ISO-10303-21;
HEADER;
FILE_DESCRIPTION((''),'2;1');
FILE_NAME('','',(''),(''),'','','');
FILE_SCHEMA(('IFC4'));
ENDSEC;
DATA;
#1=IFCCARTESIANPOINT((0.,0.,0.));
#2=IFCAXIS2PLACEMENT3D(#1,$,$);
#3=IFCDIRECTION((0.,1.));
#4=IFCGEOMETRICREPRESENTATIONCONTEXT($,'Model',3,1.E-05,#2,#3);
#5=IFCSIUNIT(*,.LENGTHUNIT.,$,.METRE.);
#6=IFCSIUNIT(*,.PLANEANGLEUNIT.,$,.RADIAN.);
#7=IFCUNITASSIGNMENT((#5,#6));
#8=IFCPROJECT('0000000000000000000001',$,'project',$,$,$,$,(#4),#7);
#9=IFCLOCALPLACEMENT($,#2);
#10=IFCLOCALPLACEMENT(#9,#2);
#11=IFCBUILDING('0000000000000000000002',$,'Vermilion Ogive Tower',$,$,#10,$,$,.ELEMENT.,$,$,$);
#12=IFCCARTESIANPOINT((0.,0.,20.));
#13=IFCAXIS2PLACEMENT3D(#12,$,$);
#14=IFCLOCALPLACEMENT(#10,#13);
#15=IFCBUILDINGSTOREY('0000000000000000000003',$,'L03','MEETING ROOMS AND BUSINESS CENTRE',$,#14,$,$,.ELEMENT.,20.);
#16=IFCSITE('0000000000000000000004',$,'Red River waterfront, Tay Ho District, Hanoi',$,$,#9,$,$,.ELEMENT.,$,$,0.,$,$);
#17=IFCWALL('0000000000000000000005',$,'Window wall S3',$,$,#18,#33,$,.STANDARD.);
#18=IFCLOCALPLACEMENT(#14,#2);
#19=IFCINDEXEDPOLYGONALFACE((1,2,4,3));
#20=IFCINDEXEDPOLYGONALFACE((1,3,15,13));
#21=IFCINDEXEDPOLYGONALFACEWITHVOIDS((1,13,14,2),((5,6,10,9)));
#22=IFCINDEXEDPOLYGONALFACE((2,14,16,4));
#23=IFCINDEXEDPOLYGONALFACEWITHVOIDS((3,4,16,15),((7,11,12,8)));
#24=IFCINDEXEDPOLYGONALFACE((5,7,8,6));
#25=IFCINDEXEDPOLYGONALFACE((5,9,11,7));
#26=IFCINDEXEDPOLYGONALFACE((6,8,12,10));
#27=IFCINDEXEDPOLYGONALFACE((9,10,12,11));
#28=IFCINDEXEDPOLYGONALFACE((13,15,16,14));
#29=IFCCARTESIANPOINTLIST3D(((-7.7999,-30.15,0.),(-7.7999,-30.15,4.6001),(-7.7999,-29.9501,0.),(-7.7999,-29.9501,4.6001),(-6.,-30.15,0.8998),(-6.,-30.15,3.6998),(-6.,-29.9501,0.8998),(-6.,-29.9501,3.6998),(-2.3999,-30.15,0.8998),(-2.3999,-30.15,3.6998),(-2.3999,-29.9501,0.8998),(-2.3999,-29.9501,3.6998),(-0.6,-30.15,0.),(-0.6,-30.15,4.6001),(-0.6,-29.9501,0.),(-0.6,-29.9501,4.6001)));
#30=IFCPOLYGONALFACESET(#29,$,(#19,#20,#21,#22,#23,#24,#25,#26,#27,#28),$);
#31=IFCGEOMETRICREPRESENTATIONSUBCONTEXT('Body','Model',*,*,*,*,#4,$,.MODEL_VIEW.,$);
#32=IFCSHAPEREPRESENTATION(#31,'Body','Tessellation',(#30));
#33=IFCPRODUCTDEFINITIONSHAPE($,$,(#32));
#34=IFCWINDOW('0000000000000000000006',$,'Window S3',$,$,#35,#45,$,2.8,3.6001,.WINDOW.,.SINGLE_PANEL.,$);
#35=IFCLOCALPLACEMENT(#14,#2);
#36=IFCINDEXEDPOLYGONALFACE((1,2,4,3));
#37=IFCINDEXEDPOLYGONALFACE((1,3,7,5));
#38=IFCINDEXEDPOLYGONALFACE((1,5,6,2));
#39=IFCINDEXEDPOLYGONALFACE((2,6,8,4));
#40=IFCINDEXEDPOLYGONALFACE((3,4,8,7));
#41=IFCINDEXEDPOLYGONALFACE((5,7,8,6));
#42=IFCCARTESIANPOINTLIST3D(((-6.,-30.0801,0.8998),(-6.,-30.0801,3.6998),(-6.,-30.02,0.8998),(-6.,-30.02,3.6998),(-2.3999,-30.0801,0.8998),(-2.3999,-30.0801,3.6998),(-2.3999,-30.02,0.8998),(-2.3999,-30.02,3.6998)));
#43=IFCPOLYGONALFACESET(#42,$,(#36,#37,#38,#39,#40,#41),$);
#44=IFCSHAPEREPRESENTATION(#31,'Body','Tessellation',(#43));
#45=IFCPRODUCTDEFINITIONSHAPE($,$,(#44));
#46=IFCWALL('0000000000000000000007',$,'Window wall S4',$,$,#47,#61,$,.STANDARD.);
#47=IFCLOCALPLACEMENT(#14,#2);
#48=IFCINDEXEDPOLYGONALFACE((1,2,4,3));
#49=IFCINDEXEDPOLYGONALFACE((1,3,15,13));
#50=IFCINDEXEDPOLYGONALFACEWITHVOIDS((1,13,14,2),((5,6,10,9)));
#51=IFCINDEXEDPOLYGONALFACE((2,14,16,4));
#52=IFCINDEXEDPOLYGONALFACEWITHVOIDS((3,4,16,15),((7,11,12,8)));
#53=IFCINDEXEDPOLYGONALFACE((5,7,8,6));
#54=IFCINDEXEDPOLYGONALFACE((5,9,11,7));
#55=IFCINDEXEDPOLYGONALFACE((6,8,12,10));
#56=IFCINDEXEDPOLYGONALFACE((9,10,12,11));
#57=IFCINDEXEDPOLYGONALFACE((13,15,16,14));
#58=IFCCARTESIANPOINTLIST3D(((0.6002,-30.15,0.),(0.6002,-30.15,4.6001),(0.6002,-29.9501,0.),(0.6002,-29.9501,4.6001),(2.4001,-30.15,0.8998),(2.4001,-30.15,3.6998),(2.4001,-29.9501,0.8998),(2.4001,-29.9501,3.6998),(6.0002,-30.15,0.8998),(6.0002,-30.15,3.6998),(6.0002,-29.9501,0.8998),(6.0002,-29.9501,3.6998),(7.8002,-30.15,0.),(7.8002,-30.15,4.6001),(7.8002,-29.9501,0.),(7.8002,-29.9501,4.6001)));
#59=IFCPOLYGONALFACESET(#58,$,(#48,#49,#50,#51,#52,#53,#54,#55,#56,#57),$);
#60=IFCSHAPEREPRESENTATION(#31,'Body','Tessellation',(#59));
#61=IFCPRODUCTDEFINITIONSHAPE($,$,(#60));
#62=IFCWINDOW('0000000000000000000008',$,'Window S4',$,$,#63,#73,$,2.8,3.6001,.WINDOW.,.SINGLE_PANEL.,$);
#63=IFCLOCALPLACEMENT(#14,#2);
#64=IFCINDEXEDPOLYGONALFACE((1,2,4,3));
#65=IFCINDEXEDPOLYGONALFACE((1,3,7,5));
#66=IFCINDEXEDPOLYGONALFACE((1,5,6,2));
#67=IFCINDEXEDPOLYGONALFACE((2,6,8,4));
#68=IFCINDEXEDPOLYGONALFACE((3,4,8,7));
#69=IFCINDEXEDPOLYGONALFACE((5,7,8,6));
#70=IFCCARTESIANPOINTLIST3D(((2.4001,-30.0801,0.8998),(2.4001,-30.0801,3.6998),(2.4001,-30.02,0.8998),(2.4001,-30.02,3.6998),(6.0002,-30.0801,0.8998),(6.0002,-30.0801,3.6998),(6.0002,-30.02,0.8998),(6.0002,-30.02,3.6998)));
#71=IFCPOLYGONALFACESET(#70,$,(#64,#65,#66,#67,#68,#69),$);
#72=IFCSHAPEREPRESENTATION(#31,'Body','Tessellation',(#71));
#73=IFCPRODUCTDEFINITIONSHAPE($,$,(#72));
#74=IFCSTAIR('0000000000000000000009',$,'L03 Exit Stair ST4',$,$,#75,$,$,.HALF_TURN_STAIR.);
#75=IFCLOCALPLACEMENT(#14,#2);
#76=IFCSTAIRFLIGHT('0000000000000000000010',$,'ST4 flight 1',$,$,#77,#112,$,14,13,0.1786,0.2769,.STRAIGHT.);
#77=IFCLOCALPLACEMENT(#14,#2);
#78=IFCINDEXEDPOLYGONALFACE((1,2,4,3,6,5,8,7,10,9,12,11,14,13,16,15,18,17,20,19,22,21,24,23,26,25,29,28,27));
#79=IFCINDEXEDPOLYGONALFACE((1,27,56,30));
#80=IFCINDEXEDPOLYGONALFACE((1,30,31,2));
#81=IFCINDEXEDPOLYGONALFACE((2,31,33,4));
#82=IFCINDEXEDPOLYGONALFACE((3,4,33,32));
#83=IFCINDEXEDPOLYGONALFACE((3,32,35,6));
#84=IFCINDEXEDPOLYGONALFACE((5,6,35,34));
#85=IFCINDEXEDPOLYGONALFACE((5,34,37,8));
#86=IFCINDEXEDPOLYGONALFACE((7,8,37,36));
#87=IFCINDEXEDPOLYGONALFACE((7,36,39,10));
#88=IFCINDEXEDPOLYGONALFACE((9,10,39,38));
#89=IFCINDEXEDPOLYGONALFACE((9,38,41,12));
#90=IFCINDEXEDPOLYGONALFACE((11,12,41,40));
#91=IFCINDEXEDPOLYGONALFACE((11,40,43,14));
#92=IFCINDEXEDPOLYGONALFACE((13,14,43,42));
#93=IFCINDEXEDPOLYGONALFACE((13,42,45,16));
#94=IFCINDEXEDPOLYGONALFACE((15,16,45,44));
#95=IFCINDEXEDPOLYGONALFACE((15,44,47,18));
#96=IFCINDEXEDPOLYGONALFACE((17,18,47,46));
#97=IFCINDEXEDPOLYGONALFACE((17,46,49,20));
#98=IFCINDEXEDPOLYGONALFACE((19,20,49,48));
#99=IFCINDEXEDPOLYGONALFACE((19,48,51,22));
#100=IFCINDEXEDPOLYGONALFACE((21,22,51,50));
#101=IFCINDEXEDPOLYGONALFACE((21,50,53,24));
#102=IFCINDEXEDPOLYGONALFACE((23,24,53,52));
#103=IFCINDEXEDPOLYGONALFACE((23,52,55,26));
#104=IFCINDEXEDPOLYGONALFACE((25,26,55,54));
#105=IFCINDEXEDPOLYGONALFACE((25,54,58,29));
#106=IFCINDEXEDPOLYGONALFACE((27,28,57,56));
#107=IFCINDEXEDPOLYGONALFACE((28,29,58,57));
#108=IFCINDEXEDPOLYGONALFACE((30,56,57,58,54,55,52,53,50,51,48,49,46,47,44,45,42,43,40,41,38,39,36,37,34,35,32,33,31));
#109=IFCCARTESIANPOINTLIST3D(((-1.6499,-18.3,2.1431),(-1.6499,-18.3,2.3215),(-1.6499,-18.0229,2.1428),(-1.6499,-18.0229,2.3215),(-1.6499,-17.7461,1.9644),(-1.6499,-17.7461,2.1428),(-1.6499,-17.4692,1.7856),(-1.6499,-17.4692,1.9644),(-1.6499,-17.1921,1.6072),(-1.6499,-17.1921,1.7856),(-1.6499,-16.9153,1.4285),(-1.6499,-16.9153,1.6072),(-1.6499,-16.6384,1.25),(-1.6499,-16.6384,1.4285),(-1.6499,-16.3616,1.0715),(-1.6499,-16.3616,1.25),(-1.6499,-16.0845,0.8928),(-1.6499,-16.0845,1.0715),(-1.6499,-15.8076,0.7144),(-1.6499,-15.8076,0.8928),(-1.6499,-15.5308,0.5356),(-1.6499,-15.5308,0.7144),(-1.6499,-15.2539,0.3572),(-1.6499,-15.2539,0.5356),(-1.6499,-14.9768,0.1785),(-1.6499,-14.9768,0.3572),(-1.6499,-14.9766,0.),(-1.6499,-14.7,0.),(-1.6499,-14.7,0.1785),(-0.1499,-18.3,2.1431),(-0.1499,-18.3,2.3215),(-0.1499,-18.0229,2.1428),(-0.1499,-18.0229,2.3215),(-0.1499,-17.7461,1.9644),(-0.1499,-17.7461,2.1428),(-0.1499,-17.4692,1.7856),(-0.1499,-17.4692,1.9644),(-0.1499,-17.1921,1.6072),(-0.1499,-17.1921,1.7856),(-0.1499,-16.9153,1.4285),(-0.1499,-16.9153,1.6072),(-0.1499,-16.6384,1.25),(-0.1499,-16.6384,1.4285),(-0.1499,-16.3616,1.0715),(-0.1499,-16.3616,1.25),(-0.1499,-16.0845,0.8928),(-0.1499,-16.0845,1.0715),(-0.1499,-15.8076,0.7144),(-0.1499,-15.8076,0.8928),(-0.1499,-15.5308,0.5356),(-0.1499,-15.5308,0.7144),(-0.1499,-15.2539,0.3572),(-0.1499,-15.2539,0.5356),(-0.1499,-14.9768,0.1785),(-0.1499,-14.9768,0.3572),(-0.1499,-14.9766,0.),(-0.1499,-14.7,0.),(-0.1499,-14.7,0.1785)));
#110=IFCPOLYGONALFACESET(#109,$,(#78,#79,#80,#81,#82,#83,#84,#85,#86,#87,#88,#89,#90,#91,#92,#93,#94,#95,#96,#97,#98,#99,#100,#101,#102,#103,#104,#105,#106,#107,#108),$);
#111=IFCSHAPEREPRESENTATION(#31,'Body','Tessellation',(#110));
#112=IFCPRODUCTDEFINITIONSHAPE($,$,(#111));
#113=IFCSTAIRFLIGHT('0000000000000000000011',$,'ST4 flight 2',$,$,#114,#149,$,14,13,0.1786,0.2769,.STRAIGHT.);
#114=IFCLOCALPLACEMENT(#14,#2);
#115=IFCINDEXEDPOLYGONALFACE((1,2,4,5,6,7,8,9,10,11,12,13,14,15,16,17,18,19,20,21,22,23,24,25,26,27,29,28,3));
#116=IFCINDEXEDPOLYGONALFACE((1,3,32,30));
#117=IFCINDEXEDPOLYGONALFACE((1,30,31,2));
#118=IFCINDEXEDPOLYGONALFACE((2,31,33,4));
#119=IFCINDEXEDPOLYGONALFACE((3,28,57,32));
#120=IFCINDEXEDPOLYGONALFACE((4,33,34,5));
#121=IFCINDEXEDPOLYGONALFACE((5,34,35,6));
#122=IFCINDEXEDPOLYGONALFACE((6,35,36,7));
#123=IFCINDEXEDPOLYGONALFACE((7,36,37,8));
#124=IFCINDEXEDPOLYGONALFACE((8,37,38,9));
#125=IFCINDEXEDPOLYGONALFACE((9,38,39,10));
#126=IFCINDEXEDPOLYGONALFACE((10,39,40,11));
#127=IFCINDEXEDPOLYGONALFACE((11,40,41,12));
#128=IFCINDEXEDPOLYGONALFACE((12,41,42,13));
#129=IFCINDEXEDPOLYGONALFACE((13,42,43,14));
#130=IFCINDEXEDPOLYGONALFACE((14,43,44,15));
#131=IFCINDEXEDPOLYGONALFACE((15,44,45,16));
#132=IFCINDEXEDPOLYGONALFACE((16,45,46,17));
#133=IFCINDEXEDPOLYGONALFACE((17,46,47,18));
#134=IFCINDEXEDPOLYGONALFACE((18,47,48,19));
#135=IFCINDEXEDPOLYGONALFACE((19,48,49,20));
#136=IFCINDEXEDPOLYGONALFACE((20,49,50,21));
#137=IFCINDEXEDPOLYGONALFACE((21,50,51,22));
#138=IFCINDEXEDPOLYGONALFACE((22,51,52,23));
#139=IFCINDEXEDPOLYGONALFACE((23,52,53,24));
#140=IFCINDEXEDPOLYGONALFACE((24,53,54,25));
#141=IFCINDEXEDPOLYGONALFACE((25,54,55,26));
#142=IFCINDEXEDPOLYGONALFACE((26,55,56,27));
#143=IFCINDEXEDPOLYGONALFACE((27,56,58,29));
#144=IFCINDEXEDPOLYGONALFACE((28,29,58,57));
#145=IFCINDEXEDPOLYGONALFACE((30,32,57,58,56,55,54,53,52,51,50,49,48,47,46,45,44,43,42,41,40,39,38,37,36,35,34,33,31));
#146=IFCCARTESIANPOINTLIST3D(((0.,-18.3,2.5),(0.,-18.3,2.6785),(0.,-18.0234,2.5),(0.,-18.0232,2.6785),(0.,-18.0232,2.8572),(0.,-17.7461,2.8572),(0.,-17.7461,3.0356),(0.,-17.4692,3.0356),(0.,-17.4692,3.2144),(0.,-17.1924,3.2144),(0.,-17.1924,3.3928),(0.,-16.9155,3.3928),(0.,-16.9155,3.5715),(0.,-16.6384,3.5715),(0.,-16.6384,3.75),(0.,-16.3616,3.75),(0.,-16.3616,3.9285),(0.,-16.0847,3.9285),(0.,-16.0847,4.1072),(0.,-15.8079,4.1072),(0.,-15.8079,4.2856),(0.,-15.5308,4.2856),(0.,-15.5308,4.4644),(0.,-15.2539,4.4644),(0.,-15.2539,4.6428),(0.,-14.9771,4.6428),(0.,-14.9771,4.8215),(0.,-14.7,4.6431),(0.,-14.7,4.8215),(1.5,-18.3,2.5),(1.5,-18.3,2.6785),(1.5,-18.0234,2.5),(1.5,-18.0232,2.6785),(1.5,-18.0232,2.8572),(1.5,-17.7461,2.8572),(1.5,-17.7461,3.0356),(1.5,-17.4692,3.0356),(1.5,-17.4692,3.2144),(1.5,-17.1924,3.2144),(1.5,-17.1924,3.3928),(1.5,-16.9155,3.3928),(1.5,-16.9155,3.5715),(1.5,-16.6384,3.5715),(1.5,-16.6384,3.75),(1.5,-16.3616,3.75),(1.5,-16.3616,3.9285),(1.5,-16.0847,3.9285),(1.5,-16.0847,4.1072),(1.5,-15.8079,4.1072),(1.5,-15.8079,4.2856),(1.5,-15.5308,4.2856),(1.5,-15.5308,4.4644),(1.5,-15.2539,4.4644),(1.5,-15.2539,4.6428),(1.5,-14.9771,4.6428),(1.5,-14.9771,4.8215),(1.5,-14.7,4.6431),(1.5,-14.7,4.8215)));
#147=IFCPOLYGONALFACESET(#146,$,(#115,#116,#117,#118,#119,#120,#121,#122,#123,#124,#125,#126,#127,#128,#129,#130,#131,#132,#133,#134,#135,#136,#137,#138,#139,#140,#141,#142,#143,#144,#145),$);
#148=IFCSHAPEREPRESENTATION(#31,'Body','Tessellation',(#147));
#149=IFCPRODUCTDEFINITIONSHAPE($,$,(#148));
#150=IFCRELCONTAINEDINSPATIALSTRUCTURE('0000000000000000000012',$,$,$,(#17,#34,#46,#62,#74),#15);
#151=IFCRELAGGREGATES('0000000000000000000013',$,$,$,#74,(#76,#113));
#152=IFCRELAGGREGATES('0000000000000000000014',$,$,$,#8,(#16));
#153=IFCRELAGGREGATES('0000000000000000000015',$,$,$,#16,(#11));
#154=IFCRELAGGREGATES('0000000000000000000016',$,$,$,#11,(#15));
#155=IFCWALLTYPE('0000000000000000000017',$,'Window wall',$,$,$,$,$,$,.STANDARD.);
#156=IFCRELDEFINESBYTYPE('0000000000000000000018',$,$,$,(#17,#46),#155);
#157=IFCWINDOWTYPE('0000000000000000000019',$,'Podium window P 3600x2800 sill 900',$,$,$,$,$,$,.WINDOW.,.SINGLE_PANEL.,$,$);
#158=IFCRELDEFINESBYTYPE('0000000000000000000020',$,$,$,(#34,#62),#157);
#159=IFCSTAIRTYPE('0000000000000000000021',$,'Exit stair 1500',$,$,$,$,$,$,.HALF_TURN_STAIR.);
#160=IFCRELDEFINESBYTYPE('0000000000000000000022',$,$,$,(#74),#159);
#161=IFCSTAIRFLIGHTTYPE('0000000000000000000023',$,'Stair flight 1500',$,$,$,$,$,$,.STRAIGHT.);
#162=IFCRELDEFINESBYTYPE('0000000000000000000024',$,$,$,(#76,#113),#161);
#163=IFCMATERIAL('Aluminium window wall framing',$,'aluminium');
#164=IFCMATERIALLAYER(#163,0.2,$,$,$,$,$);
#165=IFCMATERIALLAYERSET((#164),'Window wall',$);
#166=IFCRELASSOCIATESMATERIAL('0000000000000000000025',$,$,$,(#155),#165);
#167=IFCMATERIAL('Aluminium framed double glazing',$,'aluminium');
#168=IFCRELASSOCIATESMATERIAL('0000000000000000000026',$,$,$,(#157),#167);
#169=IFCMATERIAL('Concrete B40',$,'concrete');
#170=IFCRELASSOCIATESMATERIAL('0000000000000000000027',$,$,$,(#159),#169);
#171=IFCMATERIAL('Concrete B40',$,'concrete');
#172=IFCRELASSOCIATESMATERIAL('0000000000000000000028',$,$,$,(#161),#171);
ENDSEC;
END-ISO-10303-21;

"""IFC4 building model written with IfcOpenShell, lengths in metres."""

from ifc_helpers import new_model, si_unit, direction, frame, frame_2d, origin, place, context, subcontext, project, spatial, polyline, rectangle, outline, extrude, material, layer, layer_set, type_object, element, fill, aggregate, save


model = new_model("IFC4")

# Units and contexts
model_context = context("Model", 3, precision=1e-05, world=origin(), true_north=direction((0.0, 1.0)))
body_context = subcontext(model_context, "Body", "Model", "MODEL_VIEW")
ifc_project = project(units=[si_unit("LENGTHUNIT", "METRE"), si_unit("PLANEANGLEUNIT", "RADIAN")], contexts=[model_context])

# Site, building, storey
site_placement = place(None, origin())
site = spatial("IfcSite", under=ifc_project, at=site_placement, Name="Red River waterfront, Tay Ho District, Hanoi", CompositionType="ELEMENT", RefElevation=0.0)
building_placement = place(site_placement, origin())
building = spatial("IfcBuilding", under=site, at=building_placement, Name="Vermilion Ogive Tower", CompositionType="ELEMENT")
storey_placement = place(building_placement, frame((0.0, 0.0, 20.0)))
storey = spatial("IfcBuildingStorey", under=building, at=storey_placement, Name="L03", Description="MEETING ROOMS AND BUSINESS CENTRE", CompositionType="ELEMENT", Elevation=20.0)

# Walls, openings, windows
ifc_material_1 = material(Name="Aluminium window wall framing", Category="aluminium")
ifc_layer_1 = layer(ifc_material_1, 0.2)
ifc_layer_set_1 = layer_set([ifc_layer_1], Name="Window wall")
wall_type_1 = type_object("IfcWallType", Name="Window wall", PredefinedType="STANDARD", material=ifc_layer_set_1)
wall_1_placement = place(storey_placement, frame((-7.8, -30.05, 0.0), z_axis=(0.0, 0.0, 1.0), x_axis=(1.0, 0.0, 0.0)))
wall_1 = element("IfcWall", 1, at=wall_1_placement, inside=storey, type_object=wall_type_1, Name="Window wall S3", PredefinedType="STANDARD", context=body_context, shape_type="SweptSolid", body=[
    extrude(rectangle(XDim=7.2, YDim=0.2, at=frame_2d((3.6001, 0.0))), origin(), (0.0, 0.0, 1.0), 4.6001),
])
opening_1_placement = place(wall_1_placement, frame((1.8, 0.0, 0.8999)))
opening_1 = element("IfcOpeningElement", 2, at=opening_1_placement, cuts=wall_1, PredefinedType="OPENING", context=body_context, shape_type="SweptSolid", body=[
    extrude(rectangle(XDim=3.6001, YDim=2.8, at=frame_2d((1.8, 1.3999))), frame((0.0, 0.1099, 0.0), z_axis=(0.0, -1.0, 0.0), x_axis=(1.0, 0.0, 0.0)), (0.0, 0.0, 1.0), 0.22),
])
ifc_material_2 = material(Name="Aluminium framed double glazing", Category="aluminium")
window_type = type_object("IfcWindowType", Name="Podium window P 3600x2800 sill 900", PartitioningType="SINGLE_PANEL", PredefinedType="WINDOW", material=ifc_material_2)
window_1_placement = place(opening_1_placement, origin())
window_1 = element("IfcWindow", 3, at=window_1_placement, inside=storey, type_object=window_type, Name="Window S3", OverallHeight=2.8, OverallWidth=3.6001, PartitioningType="SINGLE_PANEL", PredefinedType="WINDOW", context=body_context, shape_type="SweptSolid", body=[
    extrude(rectangle(XDim=3.6001, YDim=2.8, at=frame_2d((1.8, 1.3999))), frame((0.0, 0.03, 0.0), z_axis=(0.0, -1.0, 0.0), x_axis=(1.0, 0.0, 0.0)), (0.0, 0.0, 1.0), 0.0601),
])
fill(opening_1, window_1)
wall_2_placement = place(storey_placement, frame((0.6001, -30.05, 0.0), z_axis=(0.0, 0.0, 1.0), x_axis=(1.0, 0.0, 0.0)))
wall_2 = element("IfcWall", 4, at=wall_2_placement, inside=storey, type_object=wall_type_1, Name="Window wall S4", PredefinedType="STANDARD", context=body_context, shape_type="SweptSolid", body=[
    extrude(rectangle(XDim=7.2, YDim=0.2, at=frame_2d((3.6001, 0.0))), origin(), (0.0, 0.0, 1.0), 4.6001),
])
opening_2_placement = place(wall_2_placement, frame((1.8, 0.0, 0.8999)))
opening_2 = element("IfcOpeningElement", 5, at=opening_2_placement, cuts=wall_2, PredefinedType="OPENING", context=body_context, shape_type="SweptSolid", body=[
    extrude(rectangle(XDim=3.6001, YDim=2.8, at=frame_2d((1.8, 1.3999))), frame((0.0, 0.1099, 0.0), z_axis=(0.0, -1.0, 0.0), x_axis=(1.0, 0.0, 0.0)), (0.0, 0.0, 1.0), 0.22),
])
window_2_placement = place(opening_2_placement, origin())
window_2 = element("IfcWindow", 6, at=window_2_placement, inside=storey, type_object=window_type, Name="Window S4", OverallHeight=2.8, OverallWidth=3.6001, PartitioningType="SINGLE_PANEL", PredefinedType="WINDOW", context=body_context, shape_type="SweptSolid", body=[
    extrude(rectangle(XDim=3.6001, YDim=2.8, at=frame_2d((1.8, 1.3999))), frame((0.0, 0.03, 0.0), z_axis=(0.0, -1.0, 0.0), x_axis=(1.0, 0.0, 0.0)), (0.0, 0.0, 1.0), 0.0601),
])
fill(opening_2, window_2)

# Stair, stair flights
ifc_material_3 = material(Name="Concrete B40", Category="concrete")
stair_type = type_object("IfcStairType", Name="Exit stair 1500", PredefinedType="HALF_TURN_STAIR", material=ifc_material_3)
stair_placement = place(storey_placement, origin())
stair = element("IfcStair", 7, at=stair_placement, inside=storey, type_object=stair_type, Name="L03 Exit Stair ST4", PredefinedType="HALF_TURN_STAIR")
ifc_material_4 = material(Name="Concrete B40", Category="concrete")
stair_flight_type = type_object("IfcStairFlightType", Name="Stair flight 1500", PredefinedType="STRAIGHT", material=ifc_material_4)
stair_flight_1_placement = place(storey_placement, frame((-0.8999, -14.7, 0.0), z_axis=(0.0, 0.0, 1.0), x_axis=(0.0, -1.0, 0.0)))
stair_flight_1 = element("IfcStairFlight", 8, at=stair_flight_1_placement, type_object=stair_flight_type, Name="ST4 flight 1", NumberOfRisers=14, NumberOfTreads=13, PredefinedType="STRAIGHT", RiserHeight=0.1786, TreadLength=0.2769, context=body_context, shape_type="SweptSolid", body=[
    extrude(outline(polyline([(0.0, 0.0), (0.0, 0.1785), (0.2769, 0.1785), (0.2769, 0.3572), (0.554, 0.3572), (0.554, 0.5356), (0.8308, 0.5356), (0.8308, 0.7144), (1.1077, 0.7144), (1.1077, 0.8928), (1.3845, 0.8928), (1.3845, 1.0715), (1.6616, 1.0715), (1.6616, 1.25), (1.9385, 1.25), (1.9385, 1.4285), (2.2153, 1.4285), (2.2153, 1.6072), (2.4922, 1.6072), (2.4922, 1.7856), (2.7693, 1.7856), (2.7693, 1.9644), (3.0461, 1.9644), (3.0461, 2.1428), (3.323, 2.1428), (3.323, 2.3215), (3.6001, 2.3215), (3.6001, 2.5), (3.6001, 2.1431), (0.2766, 0.0), (0.0, 0.0)])), frame((0.0, 0.75, 0.0), z_axis=(0.0, -1.0, 0.0), x_axis=(1.0, 0.0, 0.0)), (0.0, 0.0, 1.0), 1.5),
])
stair_flight_2_placement = place(storey_placement, frame((0.75, -18.3, 2.5), z_axis=(0.0, 0.0, 1.0), x_axis=(0.0, 1.0, 0.0)))
stair_flight_2 = element("IfcStairFlight", 9, at=stair_flight_2_placement, type_object=stair_flight_type, Name="ST4 flight 2", NumberOfRisers=14, NumberOfTreads=13, PredefinedType="STRAIGHT", RiserHeight=0.1786, TreadLength=0.2769, context=body_context, shape_type="SweptSolid", body=[
    extrude(outline(polyline([(0.0, 0.0), (0.0, 0.1785), (0.2769, 0.1785), (0.2769, 0.3572), (0.554, 0.3572), (0.554, 0.5356), (0.8308, 0.5356), (0.8308, 0.7144), (1.1077, 0.7144), (1.1077, 0.8928), (1.3845, 0.8928), (1.3845, 1.0715), (1.6616, 1.0715), (1.6616, 1.25), (1.9385, 1.25), (1.9385, 1.4285), (2.2153, 1.4285), (2.2153, 1.6072), (2.4922, 1.6072), (2.4922, 1.7856), (2.7693, 1.7856), (2.7693, 1.9644), (3.0461, 1.9644), (3.0461, 2.1428), (3.323, 2.1428), (3.323, 2.3215), (3.6001, 2.3215), (3.6001, 2.5), (3.6001, 2.1431), (0.2766, 0.0), (0.0, 0.0)])), frame((0.0, 0.75, 0.0), z_axis=(0.0, -1.0, 0.0), x_axis=(1.0, 0.0, 0.0)), (0.0, 0.0, 1.0), 1.5),
])
aggregate(stair, [stair_flight_1, stair_flight_2])

save(model, "model.ifc")
